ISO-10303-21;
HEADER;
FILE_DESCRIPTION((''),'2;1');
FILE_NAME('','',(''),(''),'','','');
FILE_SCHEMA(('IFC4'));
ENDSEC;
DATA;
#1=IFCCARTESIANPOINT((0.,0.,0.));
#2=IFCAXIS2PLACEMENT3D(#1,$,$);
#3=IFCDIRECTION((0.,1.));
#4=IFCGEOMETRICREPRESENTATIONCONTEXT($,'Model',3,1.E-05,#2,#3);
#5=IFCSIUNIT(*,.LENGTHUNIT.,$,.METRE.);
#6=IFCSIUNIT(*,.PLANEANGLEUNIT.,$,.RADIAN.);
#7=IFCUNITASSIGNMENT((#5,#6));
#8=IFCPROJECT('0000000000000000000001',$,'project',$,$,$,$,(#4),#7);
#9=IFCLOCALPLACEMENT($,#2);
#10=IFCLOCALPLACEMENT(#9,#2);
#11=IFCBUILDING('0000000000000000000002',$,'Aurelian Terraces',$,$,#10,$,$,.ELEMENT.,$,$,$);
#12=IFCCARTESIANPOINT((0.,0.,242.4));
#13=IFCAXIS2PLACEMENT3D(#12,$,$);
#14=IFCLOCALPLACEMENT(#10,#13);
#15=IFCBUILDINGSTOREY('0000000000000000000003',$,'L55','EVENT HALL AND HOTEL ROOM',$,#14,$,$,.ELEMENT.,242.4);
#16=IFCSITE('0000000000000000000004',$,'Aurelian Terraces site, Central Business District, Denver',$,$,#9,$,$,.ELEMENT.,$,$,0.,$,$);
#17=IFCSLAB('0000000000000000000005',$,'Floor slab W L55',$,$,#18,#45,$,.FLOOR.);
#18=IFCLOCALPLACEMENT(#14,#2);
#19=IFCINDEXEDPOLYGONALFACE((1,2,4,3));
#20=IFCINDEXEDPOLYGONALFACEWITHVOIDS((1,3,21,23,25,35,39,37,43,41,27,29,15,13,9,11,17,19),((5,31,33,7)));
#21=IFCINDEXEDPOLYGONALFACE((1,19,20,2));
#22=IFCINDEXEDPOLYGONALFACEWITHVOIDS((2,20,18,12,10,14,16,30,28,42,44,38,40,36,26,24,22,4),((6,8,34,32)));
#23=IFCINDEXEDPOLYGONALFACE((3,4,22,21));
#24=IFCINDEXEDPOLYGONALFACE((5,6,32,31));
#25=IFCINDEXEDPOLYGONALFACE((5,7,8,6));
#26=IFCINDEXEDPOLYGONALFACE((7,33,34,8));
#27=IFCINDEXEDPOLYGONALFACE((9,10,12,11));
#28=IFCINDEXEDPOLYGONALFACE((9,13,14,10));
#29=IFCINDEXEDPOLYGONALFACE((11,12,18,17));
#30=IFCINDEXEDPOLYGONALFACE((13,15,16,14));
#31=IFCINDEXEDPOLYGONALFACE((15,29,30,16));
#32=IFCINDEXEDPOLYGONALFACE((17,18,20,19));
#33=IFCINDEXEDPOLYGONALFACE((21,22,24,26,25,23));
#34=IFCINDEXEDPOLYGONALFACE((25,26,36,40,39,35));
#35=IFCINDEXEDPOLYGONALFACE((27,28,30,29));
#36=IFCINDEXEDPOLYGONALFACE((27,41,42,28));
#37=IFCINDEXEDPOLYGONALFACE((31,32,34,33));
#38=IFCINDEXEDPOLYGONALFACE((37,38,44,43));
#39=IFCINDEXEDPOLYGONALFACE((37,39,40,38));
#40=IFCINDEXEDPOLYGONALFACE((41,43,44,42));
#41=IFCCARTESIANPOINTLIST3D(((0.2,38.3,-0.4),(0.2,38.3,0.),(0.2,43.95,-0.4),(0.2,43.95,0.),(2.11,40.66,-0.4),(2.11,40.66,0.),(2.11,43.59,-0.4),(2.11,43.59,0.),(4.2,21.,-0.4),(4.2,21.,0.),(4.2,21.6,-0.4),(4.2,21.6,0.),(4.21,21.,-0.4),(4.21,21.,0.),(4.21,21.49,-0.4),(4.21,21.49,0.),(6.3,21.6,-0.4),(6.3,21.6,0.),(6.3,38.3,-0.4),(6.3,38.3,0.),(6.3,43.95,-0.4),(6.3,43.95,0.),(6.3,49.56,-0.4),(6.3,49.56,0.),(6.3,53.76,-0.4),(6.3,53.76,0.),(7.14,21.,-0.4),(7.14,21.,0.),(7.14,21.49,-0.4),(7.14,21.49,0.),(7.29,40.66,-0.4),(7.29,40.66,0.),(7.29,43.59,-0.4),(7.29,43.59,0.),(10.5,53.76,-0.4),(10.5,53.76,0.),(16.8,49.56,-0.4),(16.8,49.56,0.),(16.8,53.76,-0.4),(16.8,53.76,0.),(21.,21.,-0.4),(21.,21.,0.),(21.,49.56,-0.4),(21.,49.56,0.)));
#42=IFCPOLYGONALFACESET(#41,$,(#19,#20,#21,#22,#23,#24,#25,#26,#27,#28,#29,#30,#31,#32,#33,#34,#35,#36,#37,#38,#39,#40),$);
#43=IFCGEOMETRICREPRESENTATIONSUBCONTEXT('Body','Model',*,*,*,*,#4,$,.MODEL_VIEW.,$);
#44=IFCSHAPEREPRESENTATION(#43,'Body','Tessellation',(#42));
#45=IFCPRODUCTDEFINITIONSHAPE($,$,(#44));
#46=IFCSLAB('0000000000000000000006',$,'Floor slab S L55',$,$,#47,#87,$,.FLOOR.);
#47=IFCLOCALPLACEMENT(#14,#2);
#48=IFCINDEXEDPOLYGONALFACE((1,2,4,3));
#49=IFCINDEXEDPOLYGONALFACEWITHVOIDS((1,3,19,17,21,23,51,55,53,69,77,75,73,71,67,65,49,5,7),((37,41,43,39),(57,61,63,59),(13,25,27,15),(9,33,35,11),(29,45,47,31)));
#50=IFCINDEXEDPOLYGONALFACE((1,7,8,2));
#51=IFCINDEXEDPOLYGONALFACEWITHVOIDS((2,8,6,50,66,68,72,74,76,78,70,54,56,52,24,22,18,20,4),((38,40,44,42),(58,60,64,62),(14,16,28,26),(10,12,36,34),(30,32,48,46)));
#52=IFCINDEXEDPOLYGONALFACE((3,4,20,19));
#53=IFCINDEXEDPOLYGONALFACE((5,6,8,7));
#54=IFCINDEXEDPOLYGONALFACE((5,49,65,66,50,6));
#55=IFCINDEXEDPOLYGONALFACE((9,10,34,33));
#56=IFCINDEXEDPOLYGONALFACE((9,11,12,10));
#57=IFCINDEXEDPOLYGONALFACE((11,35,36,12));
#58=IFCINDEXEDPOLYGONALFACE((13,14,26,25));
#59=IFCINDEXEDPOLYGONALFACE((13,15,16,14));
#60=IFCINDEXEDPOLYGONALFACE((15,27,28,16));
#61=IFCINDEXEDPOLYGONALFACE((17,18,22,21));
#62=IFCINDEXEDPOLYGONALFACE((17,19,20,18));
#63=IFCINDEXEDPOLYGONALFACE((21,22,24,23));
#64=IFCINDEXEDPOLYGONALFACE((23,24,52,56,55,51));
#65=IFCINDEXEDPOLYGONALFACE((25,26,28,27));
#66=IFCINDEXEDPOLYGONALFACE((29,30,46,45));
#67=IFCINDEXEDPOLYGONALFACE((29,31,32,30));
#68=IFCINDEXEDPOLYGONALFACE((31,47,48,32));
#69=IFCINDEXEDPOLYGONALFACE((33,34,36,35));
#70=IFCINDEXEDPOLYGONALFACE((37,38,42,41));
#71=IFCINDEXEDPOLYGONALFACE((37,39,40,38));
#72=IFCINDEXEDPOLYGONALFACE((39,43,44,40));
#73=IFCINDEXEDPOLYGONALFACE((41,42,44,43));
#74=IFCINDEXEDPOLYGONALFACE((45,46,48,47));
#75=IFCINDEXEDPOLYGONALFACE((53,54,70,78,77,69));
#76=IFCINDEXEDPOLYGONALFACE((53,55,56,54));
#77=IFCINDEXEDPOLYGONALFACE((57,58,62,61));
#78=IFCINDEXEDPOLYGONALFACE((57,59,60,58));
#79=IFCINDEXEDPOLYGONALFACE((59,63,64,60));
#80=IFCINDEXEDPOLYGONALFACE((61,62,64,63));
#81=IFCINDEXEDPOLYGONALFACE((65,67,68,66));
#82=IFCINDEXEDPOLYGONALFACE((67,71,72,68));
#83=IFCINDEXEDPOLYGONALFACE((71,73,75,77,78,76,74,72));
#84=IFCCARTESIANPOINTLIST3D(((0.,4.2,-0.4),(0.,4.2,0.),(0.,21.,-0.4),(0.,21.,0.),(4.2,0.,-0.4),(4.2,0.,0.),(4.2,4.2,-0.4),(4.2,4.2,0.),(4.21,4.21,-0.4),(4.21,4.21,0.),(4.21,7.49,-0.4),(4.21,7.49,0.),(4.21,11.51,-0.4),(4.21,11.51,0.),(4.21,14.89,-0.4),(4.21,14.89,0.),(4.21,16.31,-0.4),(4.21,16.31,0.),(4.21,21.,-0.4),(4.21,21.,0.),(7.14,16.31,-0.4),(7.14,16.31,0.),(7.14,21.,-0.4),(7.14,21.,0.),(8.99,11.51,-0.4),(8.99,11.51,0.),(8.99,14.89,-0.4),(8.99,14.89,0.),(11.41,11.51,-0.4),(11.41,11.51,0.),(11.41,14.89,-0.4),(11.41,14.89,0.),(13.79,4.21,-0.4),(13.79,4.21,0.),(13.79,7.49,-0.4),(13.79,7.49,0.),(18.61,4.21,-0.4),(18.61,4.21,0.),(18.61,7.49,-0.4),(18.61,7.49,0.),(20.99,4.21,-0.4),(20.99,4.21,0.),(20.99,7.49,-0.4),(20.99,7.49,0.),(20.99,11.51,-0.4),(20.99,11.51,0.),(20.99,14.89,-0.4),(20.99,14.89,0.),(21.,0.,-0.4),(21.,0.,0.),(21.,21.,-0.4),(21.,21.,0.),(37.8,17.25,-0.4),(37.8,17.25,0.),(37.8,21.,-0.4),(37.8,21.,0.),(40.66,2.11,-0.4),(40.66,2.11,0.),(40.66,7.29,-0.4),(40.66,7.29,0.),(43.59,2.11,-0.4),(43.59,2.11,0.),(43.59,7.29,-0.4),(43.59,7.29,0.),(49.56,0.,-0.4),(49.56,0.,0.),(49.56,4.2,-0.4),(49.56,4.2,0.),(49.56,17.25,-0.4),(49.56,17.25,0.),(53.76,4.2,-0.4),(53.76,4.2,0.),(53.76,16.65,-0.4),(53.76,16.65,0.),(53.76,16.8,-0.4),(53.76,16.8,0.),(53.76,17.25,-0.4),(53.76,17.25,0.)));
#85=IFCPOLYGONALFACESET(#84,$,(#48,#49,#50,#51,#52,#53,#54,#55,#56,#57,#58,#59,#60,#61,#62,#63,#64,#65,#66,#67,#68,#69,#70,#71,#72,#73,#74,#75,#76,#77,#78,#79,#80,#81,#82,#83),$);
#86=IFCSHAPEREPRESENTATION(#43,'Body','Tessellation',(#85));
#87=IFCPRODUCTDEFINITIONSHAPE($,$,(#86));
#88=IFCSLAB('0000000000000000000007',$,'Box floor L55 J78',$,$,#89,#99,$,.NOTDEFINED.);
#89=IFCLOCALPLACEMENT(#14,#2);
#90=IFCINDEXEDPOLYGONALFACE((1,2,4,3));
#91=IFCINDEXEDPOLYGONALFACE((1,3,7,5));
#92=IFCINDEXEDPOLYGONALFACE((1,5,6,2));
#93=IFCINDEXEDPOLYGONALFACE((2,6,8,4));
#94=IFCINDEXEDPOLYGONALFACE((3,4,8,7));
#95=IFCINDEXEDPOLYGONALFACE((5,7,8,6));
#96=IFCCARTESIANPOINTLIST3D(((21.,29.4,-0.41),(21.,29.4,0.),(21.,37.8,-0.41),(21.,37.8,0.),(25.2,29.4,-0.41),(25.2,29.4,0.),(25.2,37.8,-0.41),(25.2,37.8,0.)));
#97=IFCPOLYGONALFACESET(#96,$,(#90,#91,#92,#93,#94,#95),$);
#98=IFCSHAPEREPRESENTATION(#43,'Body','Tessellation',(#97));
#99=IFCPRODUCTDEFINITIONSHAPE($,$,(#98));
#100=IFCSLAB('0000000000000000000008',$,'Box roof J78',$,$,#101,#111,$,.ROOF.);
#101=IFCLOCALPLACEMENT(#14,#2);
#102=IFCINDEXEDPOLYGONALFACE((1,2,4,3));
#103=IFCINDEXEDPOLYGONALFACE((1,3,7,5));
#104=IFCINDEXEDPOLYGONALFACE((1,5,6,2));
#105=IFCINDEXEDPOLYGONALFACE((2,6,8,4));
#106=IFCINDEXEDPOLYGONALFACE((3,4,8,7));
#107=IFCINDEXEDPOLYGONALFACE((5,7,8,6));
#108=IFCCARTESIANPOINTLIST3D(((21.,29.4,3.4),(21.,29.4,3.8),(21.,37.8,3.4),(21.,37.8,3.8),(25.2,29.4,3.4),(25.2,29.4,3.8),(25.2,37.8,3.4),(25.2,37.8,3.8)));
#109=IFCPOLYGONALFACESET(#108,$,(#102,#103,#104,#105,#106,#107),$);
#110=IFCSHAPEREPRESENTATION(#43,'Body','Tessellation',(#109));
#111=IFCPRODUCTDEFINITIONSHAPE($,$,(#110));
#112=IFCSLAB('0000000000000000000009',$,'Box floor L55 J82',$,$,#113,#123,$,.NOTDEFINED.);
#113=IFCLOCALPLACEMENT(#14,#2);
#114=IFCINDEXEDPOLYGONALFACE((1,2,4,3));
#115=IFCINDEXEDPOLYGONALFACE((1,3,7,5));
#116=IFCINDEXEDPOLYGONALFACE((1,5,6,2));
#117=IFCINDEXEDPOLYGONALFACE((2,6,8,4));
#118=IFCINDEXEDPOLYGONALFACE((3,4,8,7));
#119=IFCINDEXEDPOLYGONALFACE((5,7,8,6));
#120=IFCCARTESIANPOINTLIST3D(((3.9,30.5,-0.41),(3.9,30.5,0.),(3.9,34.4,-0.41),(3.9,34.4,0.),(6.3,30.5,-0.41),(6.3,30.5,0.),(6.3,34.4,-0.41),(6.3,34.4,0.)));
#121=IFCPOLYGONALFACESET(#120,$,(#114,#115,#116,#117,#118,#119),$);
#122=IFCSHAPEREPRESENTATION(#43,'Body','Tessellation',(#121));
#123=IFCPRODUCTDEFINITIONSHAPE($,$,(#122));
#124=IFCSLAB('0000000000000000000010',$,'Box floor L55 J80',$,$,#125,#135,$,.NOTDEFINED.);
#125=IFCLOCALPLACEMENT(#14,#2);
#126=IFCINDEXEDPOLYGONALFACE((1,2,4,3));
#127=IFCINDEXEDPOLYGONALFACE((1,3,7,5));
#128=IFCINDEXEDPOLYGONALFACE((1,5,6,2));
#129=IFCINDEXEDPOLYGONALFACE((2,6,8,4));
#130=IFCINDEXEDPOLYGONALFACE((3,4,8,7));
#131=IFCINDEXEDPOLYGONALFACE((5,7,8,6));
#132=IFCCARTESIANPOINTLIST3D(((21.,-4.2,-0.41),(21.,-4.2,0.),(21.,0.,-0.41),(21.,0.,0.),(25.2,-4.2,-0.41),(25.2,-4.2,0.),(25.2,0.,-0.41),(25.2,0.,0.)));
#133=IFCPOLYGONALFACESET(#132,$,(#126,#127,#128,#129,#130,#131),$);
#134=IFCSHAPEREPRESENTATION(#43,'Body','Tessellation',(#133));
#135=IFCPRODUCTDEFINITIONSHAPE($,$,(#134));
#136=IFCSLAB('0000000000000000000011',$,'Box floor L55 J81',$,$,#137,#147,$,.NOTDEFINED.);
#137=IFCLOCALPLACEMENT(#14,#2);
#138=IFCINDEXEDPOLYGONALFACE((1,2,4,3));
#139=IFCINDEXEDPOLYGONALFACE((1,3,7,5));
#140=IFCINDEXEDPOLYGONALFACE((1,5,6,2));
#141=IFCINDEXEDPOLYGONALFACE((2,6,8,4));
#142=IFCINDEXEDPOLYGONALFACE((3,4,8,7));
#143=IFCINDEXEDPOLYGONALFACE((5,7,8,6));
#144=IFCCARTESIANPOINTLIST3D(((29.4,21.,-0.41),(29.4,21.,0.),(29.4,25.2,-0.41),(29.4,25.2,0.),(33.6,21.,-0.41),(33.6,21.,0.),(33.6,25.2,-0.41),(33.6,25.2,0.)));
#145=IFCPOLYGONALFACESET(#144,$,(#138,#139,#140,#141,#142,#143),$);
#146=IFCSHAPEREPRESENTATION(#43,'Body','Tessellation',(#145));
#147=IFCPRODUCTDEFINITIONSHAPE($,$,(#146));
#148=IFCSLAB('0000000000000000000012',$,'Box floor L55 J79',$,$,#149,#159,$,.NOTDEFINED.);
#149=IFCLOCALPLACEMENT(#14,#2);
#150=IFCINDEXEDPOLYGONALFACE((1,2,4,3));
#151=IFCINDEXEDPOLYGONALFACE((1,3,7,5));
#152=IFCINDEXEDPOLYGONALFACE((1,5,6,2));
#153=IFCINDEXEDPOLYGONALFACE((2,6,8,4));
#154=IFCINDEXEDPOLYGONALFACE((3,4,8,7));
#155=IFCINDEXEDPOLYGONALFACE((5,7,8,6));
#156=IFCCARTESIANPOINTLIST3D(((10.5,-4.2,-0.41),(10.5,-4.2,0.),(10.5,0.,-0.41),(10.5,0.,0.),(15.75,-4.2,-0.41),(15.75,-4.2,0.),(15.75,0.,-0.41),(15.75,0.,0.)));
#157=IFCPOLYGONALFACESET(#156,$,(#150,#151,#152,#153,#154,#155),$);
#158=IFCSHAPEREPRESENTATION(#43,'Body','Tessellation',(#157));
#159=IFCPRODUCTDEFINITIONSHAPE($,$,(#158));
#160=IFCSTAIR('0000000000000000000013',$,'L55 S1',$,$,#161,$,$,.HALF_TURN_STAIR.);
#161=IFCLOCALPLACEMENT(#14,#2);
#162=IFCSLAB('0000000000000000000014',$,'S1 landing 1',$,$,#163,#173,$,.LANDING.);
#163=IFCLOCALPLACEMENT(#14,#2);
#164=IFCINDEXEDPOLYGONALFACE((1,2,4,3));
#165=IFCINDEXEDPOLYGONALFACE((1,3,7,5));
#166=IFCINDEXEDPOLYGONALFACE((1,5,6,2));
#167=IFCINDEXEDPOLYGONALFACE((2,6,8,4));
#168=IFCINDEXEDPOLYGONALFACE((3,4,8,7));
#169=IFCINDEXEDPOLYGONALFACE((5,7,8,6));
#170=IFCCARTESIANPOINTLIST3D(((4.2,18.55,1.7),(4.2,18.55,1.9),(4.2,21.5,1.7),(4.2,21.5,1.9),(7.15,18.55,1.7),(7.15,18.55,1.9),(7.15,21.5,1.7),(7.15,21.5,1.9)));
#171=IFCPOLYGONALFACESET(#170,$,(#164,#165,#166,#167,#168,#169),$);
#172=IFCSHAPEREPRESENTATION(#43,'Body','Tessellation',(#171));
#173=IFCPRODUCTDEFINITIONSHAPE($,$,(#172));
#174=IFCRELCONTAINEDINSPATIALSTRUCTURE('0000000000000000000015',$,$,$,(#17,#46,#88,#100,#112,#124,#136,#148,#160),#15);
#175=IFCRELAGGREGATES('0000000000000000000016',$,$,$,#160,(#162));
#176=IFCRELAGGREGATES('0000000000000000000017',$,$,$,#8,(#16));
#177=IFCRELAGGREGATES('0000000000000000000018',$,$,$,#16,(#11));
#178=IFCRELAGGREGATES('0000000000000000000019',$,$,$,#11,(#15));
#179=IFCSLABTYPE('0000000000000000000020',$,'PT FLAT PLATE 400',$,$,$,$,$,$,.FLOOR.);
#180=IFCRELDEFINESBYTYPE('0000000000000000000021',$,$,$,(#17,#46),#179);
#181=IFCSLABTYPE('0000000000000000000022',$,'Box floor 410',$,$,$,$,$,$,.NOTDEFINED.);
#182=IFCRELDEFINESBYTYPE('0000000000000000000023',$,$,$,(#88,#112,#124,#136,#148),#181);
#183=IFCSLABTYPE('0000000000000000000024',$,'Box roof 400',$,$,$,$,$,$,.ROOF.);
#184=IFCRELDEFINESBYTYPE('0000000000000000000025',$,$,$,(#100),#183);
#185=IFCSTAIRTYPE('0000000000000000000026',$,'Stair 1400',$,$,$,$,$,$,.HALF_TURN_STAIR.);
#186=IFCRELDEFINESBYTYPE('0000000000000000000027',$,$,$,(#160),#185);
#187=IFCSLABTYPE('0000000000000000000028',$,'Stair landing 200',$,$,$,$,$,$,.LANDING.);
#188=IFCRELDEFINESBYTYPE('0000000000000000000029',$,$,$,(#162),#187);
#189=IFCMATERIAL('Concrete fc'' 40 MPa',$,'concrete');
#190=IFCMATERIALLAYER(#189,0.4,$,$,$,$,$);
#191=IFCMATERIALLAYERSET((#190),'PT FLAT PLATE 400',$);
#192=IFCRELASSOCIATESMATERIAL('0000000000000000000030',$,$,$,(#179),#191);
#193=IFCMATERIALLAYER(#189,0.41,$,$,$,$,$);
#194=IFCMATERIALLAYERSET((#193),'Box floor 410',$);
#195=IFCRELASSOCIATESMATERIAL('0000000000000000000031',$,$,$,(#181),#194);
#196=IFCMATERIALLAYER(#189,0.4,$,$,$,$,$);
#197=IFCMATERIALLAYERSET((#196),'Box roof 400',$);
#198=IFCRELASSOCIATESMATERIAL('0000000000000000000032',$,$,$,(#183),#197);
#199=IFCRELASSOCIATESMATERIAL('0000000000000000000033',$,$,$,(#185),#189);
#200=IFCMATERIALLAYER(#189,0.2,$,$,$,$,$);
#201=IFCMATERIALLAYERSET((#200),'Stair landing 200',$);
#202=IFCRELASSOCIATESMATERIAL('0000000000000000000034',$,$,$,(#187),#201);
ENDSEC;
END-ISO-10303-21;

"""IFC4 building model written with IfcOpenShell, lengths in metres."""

from ifc_helpers import new_model, si_unit, direction, frame, origin, place, context, subcontext, project, spatial, polyline, outline, extrude, source, transform, mapped, material, layer, layer_set, type_object, element, aggregate, save


model = new_model("IFC4")

# Units and contexts
model_context = context("Model", 3, precision=1e-05, world=origin(), true_north=direction((0.0, 1.0)))
body_context = subcontext(model_context, "Body", "Model", "MODEL_VIEW")
ifc_project = project(units=[si_unit("LENGTHUNIT", "METRE"), si_unit("PLANEANGLEUNIT", "RADIAN")], contexts=[model_context])

# Site, building, storey
site_placement = place(None, origin())
site = spatial("IfcSite", under=ifc_project, at=site_placement, Name="Aurelian Terraces site, Central Business District, Denver", CompositionType="ELEMENT", RefElevation=0.0)
building_placement = place(site_placement, origin())
building = spatial("IfcBuilding", under=site, at=building_placement, Name="Aurelian Terraces", CompositionType="ELEMENT")
storey_placement = place(building_placement, frame((0.0, 0.0, 242.4)))
storey = spatial("IfcBuildingStorey", under=building, at=storey_placement, Name="L55", Description="EVENT HALL AND HOTEL ROOM", CompositionType="ELEMENT", Elevation=242.4)

# Slabs
ifc_material_1 = material(Name="Concrete fc' 40 MPa", Category="concrete")
ifc_layer_1 = layer(ifc_material_1, 0.4)
ifc_layer_set_1 = layer_set([ifc_layer_1], Name="PT FLAT PLATE 400")
slab_type_1 = type_object("IfcSlabType", Name="PT FLAT PLATE 400", PredefinedType="FLOOR", material=ifc_layer_set_1)
shared_shape_1 = source(origin(), body_context, "Body", "SweptSolid", [
    extrude(outline(polyline([(0.2, 43.95), (6.3, 43.95), (6.3, 49.56), (6.3, 53.76), (10.5, 53.76), (16.8, 53.76), (16.8, 49.56), (21.0, 49.56), (21.0, 21.0), (7.14, 21.0), (7.14, 21.49), (4.21, 21.49), (4.21, 21.0), (4.2, 21.0), (4.2, 21.6), (6.3, 21.6), (6.3, 38.3), (0.2, 38.3), (0.2, 43.95)]), holes=[polyline([(7.29, 43.59), (2.11, 43.59), (2.11, 40.66), (7.29, 40.66), (7.29, 43.59)])]), origin(), (0.0, 0.0, 1.0), 0.4),
])
slab_1_placement = place(storey_placement, frame((0.0, 0.0, -0.4)))
element("IfcSlab", 1, at=slab_1_placement, inside=storey, type_object=slab_type_1, Name="Floor slab W L55", PredefinedType="FLOOR", context=body_context, shape_type="MappedRepresentation", body=[
    mapped(shared_shape_1, transform((0.0, 0.0, 0.0), scale=1.0)),
])
shared_shape_2 = source(origin(), body_context, "Body", "SweptSolid", [
    extrude(outline(polyline([(53.76, 4.2), (49.56, 4.2), (49.56, 0.0), (21.0, 0.0), (4.2, 0.0), (4.2, 4.2), (0.0, 4.2), (0.0, 21.0), (4.21, 21.0), (4.21, 16.31), (7.14, 16.31), (7.14, 21.0), (21.0, 21.0), (37.8, 21.0), (37.8, 17.25), (49.56, 17.25), (53.76, 17.25), (53.76, 16.8), (53.76, 16.65), (53.76, 4.2)]), holes=[polyline([(40.66, 2.11), (43.59, 2.11), (43.59, 7.29), (40.66, 7.29), (40.66, 2.11)]), polyline([(18.61, 7.49), (18.61, 4.21), (20.99, 4.21), (20.99, 7.49), (18.61, 7.49)]), polyline([(20.99, 14.89), (11.41, 14.89), (11.41, 11.51), (20.99, 11.51), (20.99, 14.89)]), polyline([(4.21, 7.49), (4.21, 4.21), (13.79, 4.21), (13.79, 7.49), (4.21, 7.49)]), polyline([(4.21, 14.89), (4.21, 11.51), (8.99, 11.51), (8.99, 14.89), (4.21, 14.89)])]), origin(), (0.0, 0.0, 1.0), 0.4),
])
slab_2_placement = place(storey_placement, frame((0.0, 0.0, -0.4)))
element("IfcSlab", 2, at=slab_2_placement, inside=storey, type_object=slab_type_1, Name="Floor slab S L55", PredefinedType="FLOOR", context=body_context, shape_type="MappedRepresentation", body=[
    mapped(shared_shape_2, transform((0.0, 0.0, 0.0), scale=1.0)),
])
ifc_layer_2 = layer(ifc_material_1, 0.41)
ifc_layer_set_2 = layer_set([ifc_layer_2], Name="Box floor 410")
slab_type_2 = type_object("IfcSlabType", Name="Box floor 410", PredefinedType="NOTDEFINED", material=ifc_layer_set_2)
shared_shape_3 = source(origin(), body_context, "Body", "SweptSolid", [
    extrude(outline(polyline([(25.2, 29.4), (25.2, 37.8), (21.0, 37.8), (21.0, 29.4), (25.2, 29.4)])), origin(), (0.0, 0.0, 1.0), 0.41),
])
slab_3_placement = place(storey_placement, frame((0.0, 0.0, -0.41)))
element("IfcSlab", 3, at=slab_3_placement, inside=storey, type_object=slab_type_2, Name="Box floor L55 J78", PredefinedType="NOTDEFINED", context=body_context, shape_type="MappedRepresentation", body=[
    mapped(shared_shape_3, transform((0.0, 0.0, 0.0), scale=1.0)),
])
ifc_layer_3 = layer(ifc_material_1, 0.4)
ifc_layer_set_3 = layer_set([ifc_layer_3], Name="Box roof 400")
slab_type_3 = type_object("IfcSlabType", Name="Box roof 400", PredefinedType="ROOF", material=ifc_layer_set_3)
shared_shape_4 = source(origin(), body_context, "Body", "SweptSolid", [
    extrude(outline(polyline([(25.2, 29.4), (25.2, 37.8), (21.0, 37.8), (21.0, 29.4), (25.2, 29.4)])), origin(), (0.0, 0.0, 1.0), 0.4),
])
slab_4_placement = place(storey_placement, frame((0.0, 0.0, 3.4)))
element("IfcSlab", 4, at=slab_4_placement, inside=storey, type_object=slab_type_3, Name="Box roof J78", PredefinedType="ROOF", context=body_context, shape_type="MappedRepresentation", body=[
    mapped(shared_shape_4, transform((0.0, 0.0, 0.0), scale=1.0)),
])
shared_shape_5 = source(origin(), body_context, "Body", "SweptSolid", [
    extrude(outline(polyline([(3.9, 34.4), (3.9, 30.5), (6.3, 30.5), (6.3, 34.4), (3.9, 34.4)])), origin(), (0.0, 0.0, 1.0), 0.41),
])
slab_5_placement = place(storey_placement, frame((0.0, 0.0, -0.41)))
element("IfcSlab", 5, at=slab_5_placement, inside=storey, type_object=slab_type_2, Name="Box floor L55 J82", PredefinedType="NOTDEFINED", context=body_context, shape_type="MappedRepresentation", body=[
    mapped(shared_shape_5, transform((0.0, 0.0, 0.0), scale=1.0)),
])
shared_shape_6 = source(origin(), body_context, "Body", "SweptSolid", [
    extrude(outline(polyline([(21.0, -4.2), (25.2, -4.2), (25.2, 0.0), (21.0, 0.0), (21.0, -4.2)])), origin(), (0.0, 0.0, 1.0), 0.41),
])
slab_6_placement = place(storey_placement, frame((0.0, 0.0, -0.41)))
element("IfcSlab", 6, at=slab_6_placement, inside=storey, type_object=slab_type_2, Name="Box floor L55 J80", PredefinedType="NOTDEFINED", context=body_context, shape_type="MappedRepresentation", body=[
    mapped(shared_shape_6, transform((0.0, 0.0, 0.0), scale=1.0)),
])
shared_shape_7 = source(origin(), body_context, "Body", "SweptSolid", [
    extrude(outline(polyline([(33.6, 25.2), (29.4, 25.2), (29.4, 21.0), (33.6, 21.0), (33.6, 25.2)])), origin(), (0.0, 0.0, 1.0), 0.41),
])
slab_7_placement = place(storey_placement, frame((0.0, 0.0, -0.41)))
element("IfcSlab", 7, at=slab_7_placement, inside=storey, type_object=slab_type_2, Name="Box floor L55 J81", PredefinedType="NOTDEFINED", context=body_context, shape_type="MappedRepresentation", body=[
    mapped(shared_shape_7, transform((0.0, 0.0, 0.0), scale=1.0)),
])
shared_shape_8 = source(origin(), body_context, "Body", "SweptSolid", [
    extrude(outline(polyline([(10.5, -4.2), (15.75, -4.2), (15.75, 0.0), (10.5, 0.0), (10.5, -4.2)])), origin(), (0.0, 0.0, 1.0), 0.41),
])
slab_8_placement = place(storey_placement, frame((0.0, 0.0, -0.41)))
element("IfcSlab", 8, at=slab_8_placement, inside=storey, type_object=slab_type_2, Name="Box floor L55 J79", PredefinedType="NOTDEFINED", context=body_context, shape_type="MappedRepresentation", body=[
    mapped(shared_shape_8, transform((0.0, 0.0, 0.0), scale=1.0)),
])

# Stair, slab
stair_type = type_object("IfcStairType", Name="Stair 1400", PredefinedType="HALF_TURN_STAIR", material=ifc_material_1)
stair_1_placement = place(storey_placement, origin())
stair_1 = element("IfcStair", 9, at=stair_1_placement, inside=storey, type_object=stair_type, Name="L55 S1", PredefinedType="HALF_TURN_STAIR")
ifc_layer_4 = layer(ifc_material_1, 0.2)
ifc_layer_set_4 = layer_set([ifc_layer_4], Name="Stair landing 200")
slab_type_4 = type_object("IfcSlabType", Name="Stair landing 200", PredefinedType="LANDING", material=ifc_layer_set_4)
shared_shape_9 = source(origin(), body_context, "Body", "SweptSolid", [
    extrude(outline(polyline([(7.15, 18.55), (7.15, 21.5), (4.2, 21.5), (4.2, 18.55), (7.15, 18.55)])), origin(), (0.0, 0.0, 1.0), 0.2),
])
slab_9_placement = place(storey_placement, frame((0.0, 0.0, 1.7)))
slab_9 = element("IfcSlab", 10, at=slab_9_placement, type_object=slab_type_4, Name="S1 landing 1", PredefinedType="LANDING", context=body_context, shape_type="MappedRepresentation", body=[
    mapped(shared_shape_9, transform((0.0, 0.0, 0.0), scale=1.0)),
])
aggregate(stair_1, [slab_9])

save(model, "model.ifc")
